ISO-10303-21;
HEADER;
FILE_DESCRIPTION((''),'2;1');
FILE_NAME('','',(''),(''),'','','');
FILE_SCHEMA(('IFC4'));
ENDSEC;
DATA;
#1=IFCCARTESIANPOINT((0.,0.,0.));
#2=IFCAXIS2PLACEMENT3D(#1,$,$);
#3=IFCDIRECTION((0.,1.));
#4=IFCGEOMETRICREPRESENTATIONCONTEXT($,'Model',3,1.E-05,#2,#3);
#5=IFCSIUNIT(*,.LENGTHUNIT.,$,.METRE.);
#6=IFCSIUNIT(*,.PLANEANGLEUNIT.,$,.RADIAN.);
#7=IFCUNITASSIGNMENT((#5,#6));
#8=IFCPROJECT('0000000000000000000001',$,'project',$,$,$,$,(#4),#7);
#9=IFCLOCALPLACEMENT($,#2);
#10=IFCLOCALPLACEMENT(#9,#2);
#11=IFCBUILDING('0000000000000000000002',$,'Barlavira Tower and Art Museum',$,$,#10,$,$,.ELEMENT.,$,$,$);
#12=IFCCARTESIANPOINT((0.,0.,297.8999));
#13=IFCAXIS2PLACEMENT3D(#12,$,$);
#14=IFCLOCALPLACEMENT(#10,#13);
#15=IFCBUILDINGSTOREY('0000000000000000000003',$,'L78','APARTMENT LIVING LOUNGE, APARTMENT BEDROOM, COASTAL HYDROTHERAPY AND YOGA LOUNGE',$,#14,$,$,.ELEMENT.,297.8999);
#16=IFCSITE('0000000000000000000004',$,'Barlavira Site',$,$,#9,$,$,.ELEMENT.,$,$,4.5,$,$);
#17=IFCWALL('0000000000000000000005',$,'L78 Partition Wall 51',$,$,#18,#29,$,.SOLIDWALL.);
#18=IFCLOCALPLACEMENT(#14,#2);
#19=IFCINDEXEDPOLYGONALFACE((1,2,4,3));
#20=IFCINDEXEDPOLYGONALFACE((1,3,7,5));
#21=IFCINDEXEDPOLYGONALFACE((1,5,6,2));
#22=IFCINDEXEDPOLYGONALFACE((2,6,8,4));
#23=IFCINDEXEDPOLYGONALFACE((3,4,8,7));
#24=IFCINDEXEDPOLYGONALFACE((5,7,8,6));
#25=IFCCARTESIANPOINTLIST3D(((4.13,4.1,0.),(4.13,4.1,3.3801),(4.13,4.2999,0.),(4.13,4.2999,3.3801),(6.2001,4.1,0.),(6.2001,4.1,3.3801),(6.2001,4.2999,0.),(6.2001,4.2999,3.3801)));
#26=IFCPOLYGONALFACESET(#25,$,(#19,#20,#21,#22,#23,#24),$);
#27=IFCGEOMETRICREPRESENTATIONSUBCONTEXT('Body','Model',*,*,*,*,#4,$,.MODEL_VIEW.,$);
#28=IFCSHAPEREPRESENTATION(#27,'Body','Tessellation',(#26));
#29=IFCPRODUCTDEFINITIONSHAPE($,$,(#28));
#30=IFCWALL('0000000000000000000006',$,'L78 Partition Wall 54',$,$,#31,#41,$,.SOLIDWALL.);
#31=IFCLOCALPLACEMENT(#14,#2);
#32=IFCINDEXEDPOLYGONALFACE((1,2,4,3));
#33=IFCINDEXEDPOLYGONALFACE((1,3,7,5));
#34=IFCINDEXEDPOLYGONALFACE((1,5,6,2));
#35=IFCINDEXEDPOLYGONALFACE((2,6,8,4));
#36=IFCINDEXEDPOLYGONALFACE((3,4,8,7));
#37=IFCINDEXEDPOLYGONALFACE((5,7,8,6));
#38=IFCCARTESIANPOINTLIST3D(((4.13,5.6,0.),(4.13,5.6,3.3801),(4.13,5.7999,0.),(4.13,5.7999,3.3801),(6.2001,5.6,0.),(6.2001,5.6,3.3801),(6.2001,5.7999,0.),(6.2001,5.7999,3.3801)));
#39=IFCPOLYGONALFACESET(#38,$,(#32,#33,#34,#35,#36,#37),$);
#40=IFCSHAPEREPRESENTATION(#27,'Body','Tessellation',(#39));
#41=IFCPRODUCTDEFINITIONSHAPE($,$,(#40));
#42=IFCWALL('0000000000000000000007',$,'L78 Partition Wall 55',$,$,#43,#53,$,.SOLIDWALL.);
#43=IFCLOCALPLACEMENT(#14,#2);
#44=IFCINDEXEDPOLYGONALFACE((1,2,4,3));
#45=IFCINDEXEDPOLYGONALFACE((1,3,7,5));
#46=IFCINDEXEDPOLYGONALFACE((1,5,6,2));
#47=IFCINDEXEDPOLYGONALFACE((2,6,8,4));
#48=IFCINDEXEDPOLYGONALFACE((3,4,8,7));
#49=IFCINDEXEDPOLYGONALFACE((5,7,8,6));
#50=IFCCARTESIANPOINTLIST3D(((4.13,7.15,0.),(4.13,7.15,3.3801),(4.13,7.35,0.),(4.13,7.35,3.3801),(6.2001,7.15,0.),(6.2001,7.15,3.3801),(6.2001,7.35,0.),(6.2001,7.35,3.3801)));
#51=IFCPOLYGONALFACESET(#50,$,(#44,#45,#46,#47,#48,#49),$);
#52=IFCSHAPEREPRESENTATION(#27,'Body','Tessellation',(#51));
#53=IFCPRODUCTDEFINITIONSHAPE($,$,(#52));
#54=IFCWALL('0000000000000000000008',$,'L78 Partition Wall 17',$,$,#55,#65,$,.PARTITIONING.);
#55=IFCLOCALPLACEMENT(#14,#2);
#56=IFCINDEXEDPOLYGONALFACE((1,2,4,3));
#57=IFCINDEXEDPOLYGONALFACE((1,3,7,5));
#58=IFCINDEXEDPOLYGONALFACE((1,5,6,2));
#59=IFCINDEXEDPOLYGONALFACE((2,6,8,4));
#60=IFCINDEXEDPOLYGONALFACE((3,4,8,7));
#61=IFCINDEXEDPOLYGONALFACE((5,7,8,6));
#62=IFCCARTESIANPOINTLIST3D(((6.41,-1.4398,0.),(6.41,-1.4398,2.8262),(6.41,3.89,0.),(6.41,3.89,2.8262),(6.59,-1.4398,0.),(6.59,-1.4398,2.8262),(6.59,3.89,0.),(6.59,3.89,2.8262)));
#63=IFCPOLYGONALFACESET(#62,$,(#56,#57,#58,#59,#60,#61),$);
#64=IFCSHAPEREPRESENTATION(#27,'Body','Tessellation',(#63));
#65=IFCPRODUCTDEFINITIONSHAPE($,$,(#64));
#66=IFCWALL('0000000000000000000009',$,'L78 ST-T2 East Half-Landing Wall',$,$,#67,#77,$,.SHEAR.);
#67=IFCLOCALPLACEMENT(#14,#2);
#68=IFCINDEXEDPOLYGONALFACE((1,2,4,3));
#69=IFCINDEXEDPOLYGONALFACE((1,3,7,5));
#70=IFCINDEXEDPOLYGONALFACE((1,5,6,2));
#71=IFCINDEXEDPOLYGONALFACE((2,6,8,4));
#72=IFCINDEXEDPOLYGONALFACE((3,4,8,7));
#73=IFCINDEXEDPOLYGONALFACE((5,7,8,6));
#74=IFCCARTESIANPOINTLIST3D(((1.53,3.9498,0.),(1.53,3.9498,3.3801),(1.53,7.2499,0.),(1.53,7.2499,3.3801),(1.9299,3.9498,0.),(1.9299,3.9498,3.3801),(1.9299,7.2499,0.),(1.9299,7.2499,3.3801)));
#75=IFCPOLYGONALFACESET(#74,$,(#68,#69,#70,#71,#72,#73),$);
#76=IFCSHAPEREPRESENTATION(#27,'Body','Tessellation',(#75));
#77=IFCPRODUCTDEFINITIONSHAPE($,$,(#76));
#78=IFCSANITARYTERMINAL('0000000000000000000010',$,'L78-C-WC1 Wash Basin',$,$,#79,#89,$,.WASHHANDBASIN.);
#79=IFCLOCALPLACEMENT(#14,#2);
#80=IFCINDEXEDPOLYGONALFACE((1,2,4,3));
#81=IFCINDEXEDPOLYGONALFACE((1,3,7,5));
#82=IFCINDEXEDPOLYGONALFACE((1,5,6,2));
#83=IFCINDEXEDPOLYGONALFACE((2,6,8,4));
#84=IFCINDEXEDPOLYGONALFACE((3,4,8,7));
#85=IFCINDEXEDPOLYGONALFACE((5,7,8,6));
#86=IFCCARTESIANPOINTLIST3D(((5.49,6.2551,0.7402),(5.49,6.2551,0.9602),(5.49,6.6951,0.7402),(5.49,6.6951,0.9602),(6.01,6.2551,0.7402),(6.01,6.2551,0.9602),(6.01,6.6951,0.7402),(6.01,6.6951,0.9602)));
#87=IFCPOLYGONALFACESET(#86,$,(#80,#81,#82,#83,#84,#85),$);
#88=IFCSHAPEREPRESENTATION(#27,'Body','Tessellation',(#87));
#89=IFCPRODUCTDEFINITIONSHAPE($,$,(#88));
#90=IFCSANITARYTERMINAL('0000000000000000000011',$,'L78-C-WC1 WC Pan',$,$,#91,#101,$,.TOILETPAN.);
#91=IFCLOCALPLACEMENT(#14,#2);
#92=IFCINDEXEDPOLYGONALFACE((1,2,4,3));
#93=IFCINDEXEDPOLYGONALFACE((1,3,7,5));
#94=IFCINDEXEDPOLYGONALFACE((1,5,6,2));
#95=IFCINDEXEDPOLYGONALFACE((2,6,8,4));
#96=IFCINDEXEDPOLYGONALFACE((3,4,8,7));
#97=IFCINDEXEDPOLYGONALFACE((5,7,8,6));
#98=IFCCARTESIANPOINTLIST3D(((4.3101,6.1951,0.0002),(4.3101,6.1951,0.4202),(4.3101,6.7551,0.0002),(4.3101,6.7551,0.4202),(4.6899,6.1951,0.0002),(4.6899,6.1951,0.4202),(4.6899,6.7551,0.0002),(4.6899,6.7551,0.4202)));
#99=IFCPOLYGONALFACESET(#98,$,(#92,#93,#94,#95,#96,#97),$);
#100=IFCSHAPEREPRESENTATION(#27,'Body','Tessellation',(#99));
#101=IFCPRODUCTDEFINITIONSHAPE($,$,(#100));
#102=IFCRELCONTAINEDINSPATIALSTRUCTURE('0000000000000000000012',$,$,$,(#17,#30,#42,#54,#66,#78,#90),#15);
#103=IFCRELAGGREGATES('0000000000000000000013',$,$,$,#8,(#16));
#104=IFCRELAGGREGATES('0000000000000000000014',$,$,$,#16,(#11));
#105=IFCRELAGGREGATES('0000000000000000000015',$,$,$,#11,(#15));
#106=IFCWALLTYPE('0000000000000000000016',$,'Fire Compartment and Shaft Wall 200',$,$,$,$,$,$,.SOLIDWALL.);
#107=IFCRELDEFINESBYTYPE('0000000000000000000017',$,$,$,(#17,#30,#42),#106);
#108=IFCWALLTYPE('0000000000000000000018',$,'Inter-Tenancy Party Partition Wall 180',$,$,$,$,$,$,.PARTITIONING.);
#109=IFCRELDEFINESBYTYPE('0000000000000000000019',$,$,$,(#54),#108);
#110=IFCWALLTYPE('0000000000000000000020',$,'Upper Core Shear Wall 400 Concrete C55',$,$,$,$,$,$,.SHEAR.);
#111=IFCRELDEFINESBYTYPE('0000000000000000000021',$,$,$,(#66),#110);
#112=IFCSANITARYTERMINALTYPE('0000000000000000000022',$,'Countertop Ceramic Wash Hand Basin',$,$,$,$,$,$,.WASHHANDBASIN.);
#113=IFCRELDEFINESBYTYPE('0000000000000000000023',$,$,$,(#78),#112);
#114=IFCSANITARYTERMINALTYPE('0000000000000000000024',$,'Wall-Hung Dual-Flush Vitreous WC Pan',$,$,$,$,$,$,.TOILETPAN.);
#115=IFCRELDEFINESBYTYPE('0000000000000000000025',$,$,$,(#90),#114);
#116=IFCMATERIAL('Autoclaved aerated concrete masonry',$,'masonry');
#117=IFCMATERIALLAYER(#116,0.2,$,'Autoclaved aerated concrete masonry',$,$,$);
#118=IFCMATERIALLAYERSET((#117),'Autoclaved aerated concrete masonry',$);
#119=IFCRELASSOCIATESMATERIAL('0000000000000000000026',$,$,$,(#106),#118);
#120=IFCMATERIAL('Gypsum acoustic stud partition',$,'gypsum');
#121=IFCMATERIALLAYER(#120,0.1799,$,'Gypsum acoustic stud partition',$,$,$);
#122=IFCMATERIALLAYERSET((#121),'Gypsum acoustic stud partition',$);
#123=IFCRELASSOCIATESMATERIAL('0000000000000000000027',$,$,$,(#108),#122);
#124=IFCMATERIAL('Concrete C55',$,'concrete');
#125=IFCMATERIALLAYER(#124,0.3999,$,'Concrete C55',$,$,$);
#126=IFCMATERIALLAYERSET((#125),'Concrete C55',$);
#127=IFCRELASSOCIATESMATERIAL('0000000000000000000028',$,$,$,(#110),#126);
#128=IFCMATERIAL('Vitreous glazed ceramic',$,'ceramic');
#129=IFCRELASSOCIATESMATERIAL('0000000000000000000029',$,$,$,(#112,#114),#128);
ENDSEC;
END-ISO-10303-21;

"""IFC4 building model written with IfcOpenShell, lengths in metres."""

from ifc_helpers import new_model, si_unit, direction, frame, frame_2d, origin, origin_2d, place, context, subcontext, project, spatial, rectangle, extrude, material, layer, layer_set, type_object, element, save


model = new_model("IFC4")

# Units and contexts
model_context = context("Model", 3, precision=1e-05, world=origin(), true_north=direction((0.0, 1.0)))
body_context = subcontext(model_context, "Body", "Model", "MODEL_VIEW")
ifc_project = project(units=[si_unit("LENGTHUNIT", "METRE"), si_unit("PLANEANGLEUNIT", "RADIAN")], contexts=[model_context])

# Site, building, storey
site_placement = place(None, origin())
site = spatial("IfcSite", under=ifc_project, at=site_placement, Name="Barlavira Site", CompositionType="ELEMENT", RefElevation=4.5)
building_placement = place(site_placement, origin())
building = spatial("IfcBuilding", under=site, at=building_placement, Name="Barlavira Tower and Art Museum", CompositionType="ELEMENT")
storey_placement = place(building_placement, frame((0.0, 0.0, 297.8999)))
storey = spatial("IfcBuildingStorey", under=building, at=storey_placement, Name="L78", Description="APARTMENT LIVING LOUNGE, APARTMENT BEDROOM, COASTAL HYDROTHERAPY AND YOGA LOUNGE", CompositionType="ELEMENT", Elevation=297.8999)

# Shared definitions
ifc_material_1 = material(Name="Autoclaved aerated concrete masonry", Category="masonry")
ifc_layer_1 = layer(ifc_material_1, 0.2, Name="Autoclaved aerated concrete masonry")
ifc_layer_set_1 = layer_set([ifc_layer_1], Name="Autoclaved aerated concrete masonry")
wall_type_1 = type_object("IfcWallType", Name="Fire Compartment and Shaft Wall 200", PredefinedType="SOLIDWALL", material=ifc_layer_set_1)

# Walls
for number, where, z_axis, x_axis, name in (
    (1, (4.1299, 4.2, 0.0), (0.0, 0.0, 1.0), (1.0, 0.0, 0.0), "L78 Partition Wall 51"),
    (2, (4.1299, 5.7, 0.0), (0.0, 0.0, 1.0), (1.0, 0.0, 0.0), "L78 Partition Wall 54"),
    (3, (4.1299, 7.25, 0.0), (0.0, 0.0, 1.0), (1.0, 0.0, 0.0), "L78 Partition Wall 55"),
):
    element("IfcWall", number, at=place(storey_placement, frame(where, z_axis=z_axis, x_axis=x_axis)), inside=storey, type_object=wall_type_1, Name=name, PredefinedType="SOLIDWALL", context=body_context, shape_type="SweptSolid", body=[
        extrude(rectangle(XDim=2.0701, YDim=0.2, at=frame_2d((1.0352, 0.0))), origin(), (0.0, 0.0, 1.0), 3.3801),
    ])
ifc_material_2 = material(Name="Gypsum acoustic stud partition", Category="gypsum")
ifc_layer_2 = layer(ifc_material_2, 0.1799, Name="Gypsum acoustic stud partition")
ifc_layer_set_2 = layer_set([ifc_layer_2], Name="Gypsum acoustic stud partition")
wall_type_2 = type_object("IfcWallType", Name="Inter-Tenancy Party Partition Wall 180", PredefinedType="PARTITIONING", material=ifc_layer_set_2)
wall_1_placement = place(storey_placement, frame((6.5, -1.4399, 0.0), z_axis=(0.0, 0.0, 1.0), x_axis=(0.0, 1.0, 0.0)))
element("IfcWall", 4, at=wall_1_placement, inside=storey, type_object=wall_type_2, Name="L78 Partition Wall 17", PredefinedType="PARTITIONING", context=body_context, shape_type="SweptSolid", body=[
    extrude(rectangle(XDim=5.3298, YDim=0.1799, at=frame_2d((2.665, 0.0))), origin(), (0.0, 0.0, 1.0), 2.8262),
])
ifc_material_3 = material(Name="Concrete C55", Category="concrete")
ifc_layer_3 = layer(ifc_material_3, 0.3999, Name="Concrete C55")
ifc_layer_set_3 = layer_set([ifc_layer_3], Name="Concrete C55")
wall_type_3 = type_object("IfcWallType", Name="Upper Core Shear Wall 400 Concrete C55", PredefinedType="SHEAR", material=ifc_layer_set_3)
wall_2_placement = place(storey_placement, frame((1.73, 3.95, 0.0), z_axis=(0.0, 0.0, 1.0), x_axis=(0.0, 1.0, 0.0)))
element("IfcWall", 5, at=wall_2_placement, inside=storey, type_object=wall_type_3, Name="L78 ST-T2 East Half-Landing Wall", PredefinedType="SHEAR", context=body_context, shape_type="SweptSolid", body=[
    extrude(rectangle(XDim=3.3, YDim=0.3999, at=frame_2d((1.6499, 0.0))), origin(), (0.0, 0.0, 1.0), 3.3801),
])

# Sanitary terminals
ifc_material_4 = material(Name="Vitreous glazed ceramic", Category="ceramic")
sanitary_terminal_type_1 = type_object("IfcSanitaryTerminalType", Name="Countertop Ceramic Wash Hand Basin", PredefinedType="WASHHANDBASIN", material=ifc_material_4)
sanitary_terminal_1_placement = place(storey_placement, frame((5.75, 6.4751, 0.7402), z_axis=(0.0, 0.0, 1.0), x_axis=(1.0, 0.0, 0.0)))
element("IfcSanitaryTerminal", 6, at=sanitary_terminal_1_placement, inside=storey, type_object=sanitary_terminal_type_1, Name="L78-C-WC1 Wash Basin", PredefinedType="WASHHANDBASIN", context=body_context, shape_type="SweptSolid", body=[
    extrude(rectangle(XDim=0.52, YDim=0.4399, at=origin_2d()), origin(), (0.0, 0.0, 1.0), 0.22),
])
sanitary_terminal_type_2 = type_object("IfcSanitaryTerminalType", Name="Wall-Hung Dual-Flush Vitreous WC Pan", PredefinedType="TOILETPAN", material=ifc_material_4)
sanitary_terminal_2_placement = place(storey_placement, frame((4.5, 6.4751, 0.0002), z_axis=(0.0, 0.0, 1.0), x_axis=(1.0, 0.0, 0.0)))
element("IfcSanitaryTerminal", 7, at=sanitary_terminal_2_placement, inside=storey, type_object=sanitary_terminal_type_2, Name="L78-C-WC1 WC Pan", PredefinedType="TOILETPAN", context=body_context, shape_type="SweptSolid", body=[
    extrude(rectangle(XDim=0.3799, YDim=0.5601, at=origin_2d()), origin(), (0.0, 0.0, 1.0), 0.4199),
])

save(model, "model.ifc")
